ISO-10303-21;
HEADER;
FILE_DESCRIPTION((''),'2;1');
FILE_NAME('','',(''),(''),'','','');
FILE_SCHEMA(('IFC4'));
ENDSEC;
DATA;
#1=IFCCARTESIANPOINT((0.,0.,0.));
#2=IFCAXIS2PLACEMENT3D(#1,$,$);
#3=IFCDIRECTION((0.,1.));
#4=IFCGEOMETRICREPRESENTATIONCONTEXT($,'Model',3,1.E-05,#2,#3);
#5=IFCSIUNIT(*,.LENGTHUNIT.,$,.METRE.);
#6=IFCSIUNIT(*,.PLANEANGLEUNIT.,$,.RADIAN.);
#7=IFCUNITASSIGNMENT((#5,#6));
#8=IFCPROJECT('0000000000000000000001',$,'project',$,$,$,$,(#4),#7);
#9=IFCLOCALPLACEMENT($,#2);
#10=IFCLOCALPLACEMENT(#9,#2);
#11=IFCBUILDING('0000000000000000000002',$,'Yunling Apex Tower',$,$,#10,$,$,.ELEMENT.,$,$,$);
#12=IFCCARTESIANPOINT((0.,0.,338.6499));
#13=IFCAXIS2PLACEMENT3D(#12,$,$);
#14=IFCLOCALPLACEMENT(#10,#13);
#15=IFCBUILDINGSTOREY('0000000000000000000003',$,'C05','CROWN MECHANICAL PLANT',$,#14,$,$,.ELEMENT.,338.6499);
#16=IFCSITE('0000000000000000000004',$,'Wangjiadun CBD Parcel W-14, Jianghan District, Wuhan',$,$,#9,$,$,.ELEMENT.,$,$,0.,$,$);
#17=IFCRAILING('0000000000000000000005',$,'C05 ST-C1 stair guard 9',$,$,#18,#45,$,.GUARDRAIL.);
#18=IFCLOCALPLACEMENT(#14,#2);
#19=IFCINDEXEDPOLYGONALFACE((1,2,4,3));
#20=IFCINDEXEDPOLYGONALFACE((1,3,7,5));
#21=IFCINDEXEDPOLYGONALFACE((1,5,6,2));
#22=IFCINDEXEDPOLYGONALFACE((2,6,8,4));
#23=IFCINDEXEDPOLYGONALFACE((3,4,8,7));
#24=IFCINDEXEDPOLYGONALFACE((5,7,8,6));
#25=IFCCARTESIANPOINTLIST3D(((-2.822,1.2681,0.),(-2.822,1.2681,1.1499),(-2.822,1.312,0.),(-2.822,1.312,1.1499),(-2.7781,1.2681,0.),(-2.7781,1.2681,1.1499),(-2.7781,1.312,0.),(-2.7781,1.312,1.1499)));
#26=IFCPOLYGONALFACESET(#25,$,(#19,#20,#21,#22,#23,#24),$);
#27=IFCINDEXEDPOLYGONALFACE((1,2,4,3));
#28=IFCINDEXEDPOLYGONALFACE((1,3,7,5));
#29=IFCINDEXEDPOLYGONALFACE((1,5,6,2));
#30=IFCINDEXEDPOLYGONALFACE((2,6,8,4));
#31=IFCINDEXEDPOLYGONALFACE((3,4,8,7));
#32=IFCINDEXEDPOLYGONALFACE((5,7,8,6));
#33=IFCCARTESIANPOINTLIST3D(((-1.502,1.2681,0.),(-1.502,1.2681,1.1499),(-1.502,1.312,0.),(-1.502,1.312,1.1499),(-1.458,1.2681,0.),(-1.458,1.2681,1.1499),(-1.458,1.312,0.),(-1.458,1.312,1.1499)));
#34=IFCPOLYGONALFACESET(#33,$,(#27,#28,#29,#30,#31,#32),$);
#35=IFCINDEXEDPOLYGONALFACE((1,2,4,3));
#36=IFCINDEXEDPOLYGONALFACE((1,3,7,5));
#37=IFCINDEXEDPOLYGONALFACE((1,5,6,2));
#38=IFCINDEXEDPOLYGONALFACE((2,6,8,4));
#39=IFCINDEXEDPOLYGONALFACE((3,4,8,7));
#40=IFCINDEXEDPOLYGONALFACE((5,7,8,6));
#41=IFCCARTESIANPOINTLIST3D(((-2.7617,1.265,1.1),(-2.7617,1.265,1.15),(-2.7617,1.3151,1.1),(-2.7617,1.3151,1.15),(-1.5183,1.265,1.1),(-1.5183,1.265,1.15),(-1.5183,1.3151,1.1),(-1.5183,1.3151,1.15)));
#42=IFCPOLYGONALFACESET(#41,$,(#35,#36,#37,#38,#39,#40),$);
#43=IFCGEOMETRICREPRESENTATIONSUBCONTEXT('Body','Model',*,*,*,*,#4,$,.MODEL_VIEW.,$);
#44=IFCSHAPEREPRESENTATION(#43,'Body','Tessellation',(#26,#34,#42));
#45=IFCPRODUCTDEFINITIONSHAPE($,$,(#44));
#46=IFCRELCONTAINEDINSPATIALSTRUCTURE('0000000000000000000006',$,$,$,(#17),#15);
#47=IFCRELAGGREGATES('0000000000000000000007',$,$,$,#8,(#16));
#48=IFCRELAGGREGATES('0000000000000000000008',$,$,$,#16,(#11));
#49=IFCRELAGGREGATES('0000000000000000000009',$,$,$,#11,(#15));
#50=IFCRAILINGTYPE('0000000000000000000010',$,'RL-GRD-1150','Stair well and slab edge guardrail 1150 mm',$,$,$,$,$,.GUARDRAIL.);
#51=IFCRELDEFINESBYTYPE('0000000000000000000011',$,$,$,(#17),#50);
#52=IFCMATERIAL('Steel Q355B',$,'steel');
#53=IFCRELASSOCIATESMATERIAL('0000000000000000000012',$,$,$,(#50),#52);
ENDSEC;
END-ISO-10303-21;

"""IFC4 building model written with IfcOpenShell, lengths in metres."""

from ifc_helpers import new_model, si_unit, direction, frame, origin, origin_2d, place, context, subcontext, project, spatial, rectangle, extrude, material, type_object, element, save


model = new_model("IFC4")

# Units and contexts
model_context = context("Model", 3, precision=1e-05, world=origin(), true_north=direction((0.0, 1.0)))
body_context = subcontext(model_context, "Body", "Model", "MODEL_VIEW")
ifc_project = project(units=[si_unit("LENGTHUNIT", "METRE"), si_unit("PLANEANGLEUNIT", "RADIAN")], contexts=[model_context])

# Site, building, storey
site_placement = place(None, origin())
site = spatial("IfcSite", under=ifc_project, at=site_placement, Name="Wangjiadun CBD Parcel W-14, Jianghan District, Wuhan", CompositionType="ELEMENT", RefElevation=0.0)
building_placement = place(site_placement, origin())
building = spatial("IfcBuilding", under=site, at=building_placement, Name="Yunling Apex Tower", CompositionType="ELEMENT")
storey_placement = place(building_placement, frame((0.0, 0.0, 338.6499)))
storey = spatial("IfcBuildingStorey", under=building, at=storey_placement, Name="C05", Description="CROWN MECHANICAL PLANT", CompositionType="ELEMENT", Elevation=338.6499)

# Shared definitions
ifc_material_1 = material(Name="Steel Q355B", Category="steel")

# Railing
railing_type_1 = type_object("IfcRailingType", Name="RL-GRD-1150", Description="Stair well and slab edge guardrail 1150 mm", PredefinedType="GUARDRAIL", material=ifc_material_1)
railing_1_placement = place(storey_placement, frame((-2.8, 1.29, 0.0)))
element("IfcRailing", 1, at=railing_1_placement, inside=storey, type_object=railing_type_1, Name="C05 ST-C1 stair guard 9", PredefinedType="GUARDRAIL", context=body_context, shape_type="SweptSolid", body=[
    extrude(rectangle(XDim=0.0439, YDim=0.0439, at=origin_2d()), origin(), (0.0, 0.0, 1.0), 1.1499),
    extrude(rectangle(XDim=0.0439, YDim=0.0439, at=origin_2d()), frame((1.3201, 0.0, 0.0)), (0.0, 0.0, 1.0), 1.1499),
    extrude(rectangle(XDim=0.05, YDim=0.05, at=origin_2d()), frame((0.0383, 0.0, 1.125), z_axis=(1.0, 0.0, 0.0), x_axis=(0.0, 1.0, 0.0)), (0.0, 0.0, 1.0), 1.2434),
])

save(model, "model.ifc")
